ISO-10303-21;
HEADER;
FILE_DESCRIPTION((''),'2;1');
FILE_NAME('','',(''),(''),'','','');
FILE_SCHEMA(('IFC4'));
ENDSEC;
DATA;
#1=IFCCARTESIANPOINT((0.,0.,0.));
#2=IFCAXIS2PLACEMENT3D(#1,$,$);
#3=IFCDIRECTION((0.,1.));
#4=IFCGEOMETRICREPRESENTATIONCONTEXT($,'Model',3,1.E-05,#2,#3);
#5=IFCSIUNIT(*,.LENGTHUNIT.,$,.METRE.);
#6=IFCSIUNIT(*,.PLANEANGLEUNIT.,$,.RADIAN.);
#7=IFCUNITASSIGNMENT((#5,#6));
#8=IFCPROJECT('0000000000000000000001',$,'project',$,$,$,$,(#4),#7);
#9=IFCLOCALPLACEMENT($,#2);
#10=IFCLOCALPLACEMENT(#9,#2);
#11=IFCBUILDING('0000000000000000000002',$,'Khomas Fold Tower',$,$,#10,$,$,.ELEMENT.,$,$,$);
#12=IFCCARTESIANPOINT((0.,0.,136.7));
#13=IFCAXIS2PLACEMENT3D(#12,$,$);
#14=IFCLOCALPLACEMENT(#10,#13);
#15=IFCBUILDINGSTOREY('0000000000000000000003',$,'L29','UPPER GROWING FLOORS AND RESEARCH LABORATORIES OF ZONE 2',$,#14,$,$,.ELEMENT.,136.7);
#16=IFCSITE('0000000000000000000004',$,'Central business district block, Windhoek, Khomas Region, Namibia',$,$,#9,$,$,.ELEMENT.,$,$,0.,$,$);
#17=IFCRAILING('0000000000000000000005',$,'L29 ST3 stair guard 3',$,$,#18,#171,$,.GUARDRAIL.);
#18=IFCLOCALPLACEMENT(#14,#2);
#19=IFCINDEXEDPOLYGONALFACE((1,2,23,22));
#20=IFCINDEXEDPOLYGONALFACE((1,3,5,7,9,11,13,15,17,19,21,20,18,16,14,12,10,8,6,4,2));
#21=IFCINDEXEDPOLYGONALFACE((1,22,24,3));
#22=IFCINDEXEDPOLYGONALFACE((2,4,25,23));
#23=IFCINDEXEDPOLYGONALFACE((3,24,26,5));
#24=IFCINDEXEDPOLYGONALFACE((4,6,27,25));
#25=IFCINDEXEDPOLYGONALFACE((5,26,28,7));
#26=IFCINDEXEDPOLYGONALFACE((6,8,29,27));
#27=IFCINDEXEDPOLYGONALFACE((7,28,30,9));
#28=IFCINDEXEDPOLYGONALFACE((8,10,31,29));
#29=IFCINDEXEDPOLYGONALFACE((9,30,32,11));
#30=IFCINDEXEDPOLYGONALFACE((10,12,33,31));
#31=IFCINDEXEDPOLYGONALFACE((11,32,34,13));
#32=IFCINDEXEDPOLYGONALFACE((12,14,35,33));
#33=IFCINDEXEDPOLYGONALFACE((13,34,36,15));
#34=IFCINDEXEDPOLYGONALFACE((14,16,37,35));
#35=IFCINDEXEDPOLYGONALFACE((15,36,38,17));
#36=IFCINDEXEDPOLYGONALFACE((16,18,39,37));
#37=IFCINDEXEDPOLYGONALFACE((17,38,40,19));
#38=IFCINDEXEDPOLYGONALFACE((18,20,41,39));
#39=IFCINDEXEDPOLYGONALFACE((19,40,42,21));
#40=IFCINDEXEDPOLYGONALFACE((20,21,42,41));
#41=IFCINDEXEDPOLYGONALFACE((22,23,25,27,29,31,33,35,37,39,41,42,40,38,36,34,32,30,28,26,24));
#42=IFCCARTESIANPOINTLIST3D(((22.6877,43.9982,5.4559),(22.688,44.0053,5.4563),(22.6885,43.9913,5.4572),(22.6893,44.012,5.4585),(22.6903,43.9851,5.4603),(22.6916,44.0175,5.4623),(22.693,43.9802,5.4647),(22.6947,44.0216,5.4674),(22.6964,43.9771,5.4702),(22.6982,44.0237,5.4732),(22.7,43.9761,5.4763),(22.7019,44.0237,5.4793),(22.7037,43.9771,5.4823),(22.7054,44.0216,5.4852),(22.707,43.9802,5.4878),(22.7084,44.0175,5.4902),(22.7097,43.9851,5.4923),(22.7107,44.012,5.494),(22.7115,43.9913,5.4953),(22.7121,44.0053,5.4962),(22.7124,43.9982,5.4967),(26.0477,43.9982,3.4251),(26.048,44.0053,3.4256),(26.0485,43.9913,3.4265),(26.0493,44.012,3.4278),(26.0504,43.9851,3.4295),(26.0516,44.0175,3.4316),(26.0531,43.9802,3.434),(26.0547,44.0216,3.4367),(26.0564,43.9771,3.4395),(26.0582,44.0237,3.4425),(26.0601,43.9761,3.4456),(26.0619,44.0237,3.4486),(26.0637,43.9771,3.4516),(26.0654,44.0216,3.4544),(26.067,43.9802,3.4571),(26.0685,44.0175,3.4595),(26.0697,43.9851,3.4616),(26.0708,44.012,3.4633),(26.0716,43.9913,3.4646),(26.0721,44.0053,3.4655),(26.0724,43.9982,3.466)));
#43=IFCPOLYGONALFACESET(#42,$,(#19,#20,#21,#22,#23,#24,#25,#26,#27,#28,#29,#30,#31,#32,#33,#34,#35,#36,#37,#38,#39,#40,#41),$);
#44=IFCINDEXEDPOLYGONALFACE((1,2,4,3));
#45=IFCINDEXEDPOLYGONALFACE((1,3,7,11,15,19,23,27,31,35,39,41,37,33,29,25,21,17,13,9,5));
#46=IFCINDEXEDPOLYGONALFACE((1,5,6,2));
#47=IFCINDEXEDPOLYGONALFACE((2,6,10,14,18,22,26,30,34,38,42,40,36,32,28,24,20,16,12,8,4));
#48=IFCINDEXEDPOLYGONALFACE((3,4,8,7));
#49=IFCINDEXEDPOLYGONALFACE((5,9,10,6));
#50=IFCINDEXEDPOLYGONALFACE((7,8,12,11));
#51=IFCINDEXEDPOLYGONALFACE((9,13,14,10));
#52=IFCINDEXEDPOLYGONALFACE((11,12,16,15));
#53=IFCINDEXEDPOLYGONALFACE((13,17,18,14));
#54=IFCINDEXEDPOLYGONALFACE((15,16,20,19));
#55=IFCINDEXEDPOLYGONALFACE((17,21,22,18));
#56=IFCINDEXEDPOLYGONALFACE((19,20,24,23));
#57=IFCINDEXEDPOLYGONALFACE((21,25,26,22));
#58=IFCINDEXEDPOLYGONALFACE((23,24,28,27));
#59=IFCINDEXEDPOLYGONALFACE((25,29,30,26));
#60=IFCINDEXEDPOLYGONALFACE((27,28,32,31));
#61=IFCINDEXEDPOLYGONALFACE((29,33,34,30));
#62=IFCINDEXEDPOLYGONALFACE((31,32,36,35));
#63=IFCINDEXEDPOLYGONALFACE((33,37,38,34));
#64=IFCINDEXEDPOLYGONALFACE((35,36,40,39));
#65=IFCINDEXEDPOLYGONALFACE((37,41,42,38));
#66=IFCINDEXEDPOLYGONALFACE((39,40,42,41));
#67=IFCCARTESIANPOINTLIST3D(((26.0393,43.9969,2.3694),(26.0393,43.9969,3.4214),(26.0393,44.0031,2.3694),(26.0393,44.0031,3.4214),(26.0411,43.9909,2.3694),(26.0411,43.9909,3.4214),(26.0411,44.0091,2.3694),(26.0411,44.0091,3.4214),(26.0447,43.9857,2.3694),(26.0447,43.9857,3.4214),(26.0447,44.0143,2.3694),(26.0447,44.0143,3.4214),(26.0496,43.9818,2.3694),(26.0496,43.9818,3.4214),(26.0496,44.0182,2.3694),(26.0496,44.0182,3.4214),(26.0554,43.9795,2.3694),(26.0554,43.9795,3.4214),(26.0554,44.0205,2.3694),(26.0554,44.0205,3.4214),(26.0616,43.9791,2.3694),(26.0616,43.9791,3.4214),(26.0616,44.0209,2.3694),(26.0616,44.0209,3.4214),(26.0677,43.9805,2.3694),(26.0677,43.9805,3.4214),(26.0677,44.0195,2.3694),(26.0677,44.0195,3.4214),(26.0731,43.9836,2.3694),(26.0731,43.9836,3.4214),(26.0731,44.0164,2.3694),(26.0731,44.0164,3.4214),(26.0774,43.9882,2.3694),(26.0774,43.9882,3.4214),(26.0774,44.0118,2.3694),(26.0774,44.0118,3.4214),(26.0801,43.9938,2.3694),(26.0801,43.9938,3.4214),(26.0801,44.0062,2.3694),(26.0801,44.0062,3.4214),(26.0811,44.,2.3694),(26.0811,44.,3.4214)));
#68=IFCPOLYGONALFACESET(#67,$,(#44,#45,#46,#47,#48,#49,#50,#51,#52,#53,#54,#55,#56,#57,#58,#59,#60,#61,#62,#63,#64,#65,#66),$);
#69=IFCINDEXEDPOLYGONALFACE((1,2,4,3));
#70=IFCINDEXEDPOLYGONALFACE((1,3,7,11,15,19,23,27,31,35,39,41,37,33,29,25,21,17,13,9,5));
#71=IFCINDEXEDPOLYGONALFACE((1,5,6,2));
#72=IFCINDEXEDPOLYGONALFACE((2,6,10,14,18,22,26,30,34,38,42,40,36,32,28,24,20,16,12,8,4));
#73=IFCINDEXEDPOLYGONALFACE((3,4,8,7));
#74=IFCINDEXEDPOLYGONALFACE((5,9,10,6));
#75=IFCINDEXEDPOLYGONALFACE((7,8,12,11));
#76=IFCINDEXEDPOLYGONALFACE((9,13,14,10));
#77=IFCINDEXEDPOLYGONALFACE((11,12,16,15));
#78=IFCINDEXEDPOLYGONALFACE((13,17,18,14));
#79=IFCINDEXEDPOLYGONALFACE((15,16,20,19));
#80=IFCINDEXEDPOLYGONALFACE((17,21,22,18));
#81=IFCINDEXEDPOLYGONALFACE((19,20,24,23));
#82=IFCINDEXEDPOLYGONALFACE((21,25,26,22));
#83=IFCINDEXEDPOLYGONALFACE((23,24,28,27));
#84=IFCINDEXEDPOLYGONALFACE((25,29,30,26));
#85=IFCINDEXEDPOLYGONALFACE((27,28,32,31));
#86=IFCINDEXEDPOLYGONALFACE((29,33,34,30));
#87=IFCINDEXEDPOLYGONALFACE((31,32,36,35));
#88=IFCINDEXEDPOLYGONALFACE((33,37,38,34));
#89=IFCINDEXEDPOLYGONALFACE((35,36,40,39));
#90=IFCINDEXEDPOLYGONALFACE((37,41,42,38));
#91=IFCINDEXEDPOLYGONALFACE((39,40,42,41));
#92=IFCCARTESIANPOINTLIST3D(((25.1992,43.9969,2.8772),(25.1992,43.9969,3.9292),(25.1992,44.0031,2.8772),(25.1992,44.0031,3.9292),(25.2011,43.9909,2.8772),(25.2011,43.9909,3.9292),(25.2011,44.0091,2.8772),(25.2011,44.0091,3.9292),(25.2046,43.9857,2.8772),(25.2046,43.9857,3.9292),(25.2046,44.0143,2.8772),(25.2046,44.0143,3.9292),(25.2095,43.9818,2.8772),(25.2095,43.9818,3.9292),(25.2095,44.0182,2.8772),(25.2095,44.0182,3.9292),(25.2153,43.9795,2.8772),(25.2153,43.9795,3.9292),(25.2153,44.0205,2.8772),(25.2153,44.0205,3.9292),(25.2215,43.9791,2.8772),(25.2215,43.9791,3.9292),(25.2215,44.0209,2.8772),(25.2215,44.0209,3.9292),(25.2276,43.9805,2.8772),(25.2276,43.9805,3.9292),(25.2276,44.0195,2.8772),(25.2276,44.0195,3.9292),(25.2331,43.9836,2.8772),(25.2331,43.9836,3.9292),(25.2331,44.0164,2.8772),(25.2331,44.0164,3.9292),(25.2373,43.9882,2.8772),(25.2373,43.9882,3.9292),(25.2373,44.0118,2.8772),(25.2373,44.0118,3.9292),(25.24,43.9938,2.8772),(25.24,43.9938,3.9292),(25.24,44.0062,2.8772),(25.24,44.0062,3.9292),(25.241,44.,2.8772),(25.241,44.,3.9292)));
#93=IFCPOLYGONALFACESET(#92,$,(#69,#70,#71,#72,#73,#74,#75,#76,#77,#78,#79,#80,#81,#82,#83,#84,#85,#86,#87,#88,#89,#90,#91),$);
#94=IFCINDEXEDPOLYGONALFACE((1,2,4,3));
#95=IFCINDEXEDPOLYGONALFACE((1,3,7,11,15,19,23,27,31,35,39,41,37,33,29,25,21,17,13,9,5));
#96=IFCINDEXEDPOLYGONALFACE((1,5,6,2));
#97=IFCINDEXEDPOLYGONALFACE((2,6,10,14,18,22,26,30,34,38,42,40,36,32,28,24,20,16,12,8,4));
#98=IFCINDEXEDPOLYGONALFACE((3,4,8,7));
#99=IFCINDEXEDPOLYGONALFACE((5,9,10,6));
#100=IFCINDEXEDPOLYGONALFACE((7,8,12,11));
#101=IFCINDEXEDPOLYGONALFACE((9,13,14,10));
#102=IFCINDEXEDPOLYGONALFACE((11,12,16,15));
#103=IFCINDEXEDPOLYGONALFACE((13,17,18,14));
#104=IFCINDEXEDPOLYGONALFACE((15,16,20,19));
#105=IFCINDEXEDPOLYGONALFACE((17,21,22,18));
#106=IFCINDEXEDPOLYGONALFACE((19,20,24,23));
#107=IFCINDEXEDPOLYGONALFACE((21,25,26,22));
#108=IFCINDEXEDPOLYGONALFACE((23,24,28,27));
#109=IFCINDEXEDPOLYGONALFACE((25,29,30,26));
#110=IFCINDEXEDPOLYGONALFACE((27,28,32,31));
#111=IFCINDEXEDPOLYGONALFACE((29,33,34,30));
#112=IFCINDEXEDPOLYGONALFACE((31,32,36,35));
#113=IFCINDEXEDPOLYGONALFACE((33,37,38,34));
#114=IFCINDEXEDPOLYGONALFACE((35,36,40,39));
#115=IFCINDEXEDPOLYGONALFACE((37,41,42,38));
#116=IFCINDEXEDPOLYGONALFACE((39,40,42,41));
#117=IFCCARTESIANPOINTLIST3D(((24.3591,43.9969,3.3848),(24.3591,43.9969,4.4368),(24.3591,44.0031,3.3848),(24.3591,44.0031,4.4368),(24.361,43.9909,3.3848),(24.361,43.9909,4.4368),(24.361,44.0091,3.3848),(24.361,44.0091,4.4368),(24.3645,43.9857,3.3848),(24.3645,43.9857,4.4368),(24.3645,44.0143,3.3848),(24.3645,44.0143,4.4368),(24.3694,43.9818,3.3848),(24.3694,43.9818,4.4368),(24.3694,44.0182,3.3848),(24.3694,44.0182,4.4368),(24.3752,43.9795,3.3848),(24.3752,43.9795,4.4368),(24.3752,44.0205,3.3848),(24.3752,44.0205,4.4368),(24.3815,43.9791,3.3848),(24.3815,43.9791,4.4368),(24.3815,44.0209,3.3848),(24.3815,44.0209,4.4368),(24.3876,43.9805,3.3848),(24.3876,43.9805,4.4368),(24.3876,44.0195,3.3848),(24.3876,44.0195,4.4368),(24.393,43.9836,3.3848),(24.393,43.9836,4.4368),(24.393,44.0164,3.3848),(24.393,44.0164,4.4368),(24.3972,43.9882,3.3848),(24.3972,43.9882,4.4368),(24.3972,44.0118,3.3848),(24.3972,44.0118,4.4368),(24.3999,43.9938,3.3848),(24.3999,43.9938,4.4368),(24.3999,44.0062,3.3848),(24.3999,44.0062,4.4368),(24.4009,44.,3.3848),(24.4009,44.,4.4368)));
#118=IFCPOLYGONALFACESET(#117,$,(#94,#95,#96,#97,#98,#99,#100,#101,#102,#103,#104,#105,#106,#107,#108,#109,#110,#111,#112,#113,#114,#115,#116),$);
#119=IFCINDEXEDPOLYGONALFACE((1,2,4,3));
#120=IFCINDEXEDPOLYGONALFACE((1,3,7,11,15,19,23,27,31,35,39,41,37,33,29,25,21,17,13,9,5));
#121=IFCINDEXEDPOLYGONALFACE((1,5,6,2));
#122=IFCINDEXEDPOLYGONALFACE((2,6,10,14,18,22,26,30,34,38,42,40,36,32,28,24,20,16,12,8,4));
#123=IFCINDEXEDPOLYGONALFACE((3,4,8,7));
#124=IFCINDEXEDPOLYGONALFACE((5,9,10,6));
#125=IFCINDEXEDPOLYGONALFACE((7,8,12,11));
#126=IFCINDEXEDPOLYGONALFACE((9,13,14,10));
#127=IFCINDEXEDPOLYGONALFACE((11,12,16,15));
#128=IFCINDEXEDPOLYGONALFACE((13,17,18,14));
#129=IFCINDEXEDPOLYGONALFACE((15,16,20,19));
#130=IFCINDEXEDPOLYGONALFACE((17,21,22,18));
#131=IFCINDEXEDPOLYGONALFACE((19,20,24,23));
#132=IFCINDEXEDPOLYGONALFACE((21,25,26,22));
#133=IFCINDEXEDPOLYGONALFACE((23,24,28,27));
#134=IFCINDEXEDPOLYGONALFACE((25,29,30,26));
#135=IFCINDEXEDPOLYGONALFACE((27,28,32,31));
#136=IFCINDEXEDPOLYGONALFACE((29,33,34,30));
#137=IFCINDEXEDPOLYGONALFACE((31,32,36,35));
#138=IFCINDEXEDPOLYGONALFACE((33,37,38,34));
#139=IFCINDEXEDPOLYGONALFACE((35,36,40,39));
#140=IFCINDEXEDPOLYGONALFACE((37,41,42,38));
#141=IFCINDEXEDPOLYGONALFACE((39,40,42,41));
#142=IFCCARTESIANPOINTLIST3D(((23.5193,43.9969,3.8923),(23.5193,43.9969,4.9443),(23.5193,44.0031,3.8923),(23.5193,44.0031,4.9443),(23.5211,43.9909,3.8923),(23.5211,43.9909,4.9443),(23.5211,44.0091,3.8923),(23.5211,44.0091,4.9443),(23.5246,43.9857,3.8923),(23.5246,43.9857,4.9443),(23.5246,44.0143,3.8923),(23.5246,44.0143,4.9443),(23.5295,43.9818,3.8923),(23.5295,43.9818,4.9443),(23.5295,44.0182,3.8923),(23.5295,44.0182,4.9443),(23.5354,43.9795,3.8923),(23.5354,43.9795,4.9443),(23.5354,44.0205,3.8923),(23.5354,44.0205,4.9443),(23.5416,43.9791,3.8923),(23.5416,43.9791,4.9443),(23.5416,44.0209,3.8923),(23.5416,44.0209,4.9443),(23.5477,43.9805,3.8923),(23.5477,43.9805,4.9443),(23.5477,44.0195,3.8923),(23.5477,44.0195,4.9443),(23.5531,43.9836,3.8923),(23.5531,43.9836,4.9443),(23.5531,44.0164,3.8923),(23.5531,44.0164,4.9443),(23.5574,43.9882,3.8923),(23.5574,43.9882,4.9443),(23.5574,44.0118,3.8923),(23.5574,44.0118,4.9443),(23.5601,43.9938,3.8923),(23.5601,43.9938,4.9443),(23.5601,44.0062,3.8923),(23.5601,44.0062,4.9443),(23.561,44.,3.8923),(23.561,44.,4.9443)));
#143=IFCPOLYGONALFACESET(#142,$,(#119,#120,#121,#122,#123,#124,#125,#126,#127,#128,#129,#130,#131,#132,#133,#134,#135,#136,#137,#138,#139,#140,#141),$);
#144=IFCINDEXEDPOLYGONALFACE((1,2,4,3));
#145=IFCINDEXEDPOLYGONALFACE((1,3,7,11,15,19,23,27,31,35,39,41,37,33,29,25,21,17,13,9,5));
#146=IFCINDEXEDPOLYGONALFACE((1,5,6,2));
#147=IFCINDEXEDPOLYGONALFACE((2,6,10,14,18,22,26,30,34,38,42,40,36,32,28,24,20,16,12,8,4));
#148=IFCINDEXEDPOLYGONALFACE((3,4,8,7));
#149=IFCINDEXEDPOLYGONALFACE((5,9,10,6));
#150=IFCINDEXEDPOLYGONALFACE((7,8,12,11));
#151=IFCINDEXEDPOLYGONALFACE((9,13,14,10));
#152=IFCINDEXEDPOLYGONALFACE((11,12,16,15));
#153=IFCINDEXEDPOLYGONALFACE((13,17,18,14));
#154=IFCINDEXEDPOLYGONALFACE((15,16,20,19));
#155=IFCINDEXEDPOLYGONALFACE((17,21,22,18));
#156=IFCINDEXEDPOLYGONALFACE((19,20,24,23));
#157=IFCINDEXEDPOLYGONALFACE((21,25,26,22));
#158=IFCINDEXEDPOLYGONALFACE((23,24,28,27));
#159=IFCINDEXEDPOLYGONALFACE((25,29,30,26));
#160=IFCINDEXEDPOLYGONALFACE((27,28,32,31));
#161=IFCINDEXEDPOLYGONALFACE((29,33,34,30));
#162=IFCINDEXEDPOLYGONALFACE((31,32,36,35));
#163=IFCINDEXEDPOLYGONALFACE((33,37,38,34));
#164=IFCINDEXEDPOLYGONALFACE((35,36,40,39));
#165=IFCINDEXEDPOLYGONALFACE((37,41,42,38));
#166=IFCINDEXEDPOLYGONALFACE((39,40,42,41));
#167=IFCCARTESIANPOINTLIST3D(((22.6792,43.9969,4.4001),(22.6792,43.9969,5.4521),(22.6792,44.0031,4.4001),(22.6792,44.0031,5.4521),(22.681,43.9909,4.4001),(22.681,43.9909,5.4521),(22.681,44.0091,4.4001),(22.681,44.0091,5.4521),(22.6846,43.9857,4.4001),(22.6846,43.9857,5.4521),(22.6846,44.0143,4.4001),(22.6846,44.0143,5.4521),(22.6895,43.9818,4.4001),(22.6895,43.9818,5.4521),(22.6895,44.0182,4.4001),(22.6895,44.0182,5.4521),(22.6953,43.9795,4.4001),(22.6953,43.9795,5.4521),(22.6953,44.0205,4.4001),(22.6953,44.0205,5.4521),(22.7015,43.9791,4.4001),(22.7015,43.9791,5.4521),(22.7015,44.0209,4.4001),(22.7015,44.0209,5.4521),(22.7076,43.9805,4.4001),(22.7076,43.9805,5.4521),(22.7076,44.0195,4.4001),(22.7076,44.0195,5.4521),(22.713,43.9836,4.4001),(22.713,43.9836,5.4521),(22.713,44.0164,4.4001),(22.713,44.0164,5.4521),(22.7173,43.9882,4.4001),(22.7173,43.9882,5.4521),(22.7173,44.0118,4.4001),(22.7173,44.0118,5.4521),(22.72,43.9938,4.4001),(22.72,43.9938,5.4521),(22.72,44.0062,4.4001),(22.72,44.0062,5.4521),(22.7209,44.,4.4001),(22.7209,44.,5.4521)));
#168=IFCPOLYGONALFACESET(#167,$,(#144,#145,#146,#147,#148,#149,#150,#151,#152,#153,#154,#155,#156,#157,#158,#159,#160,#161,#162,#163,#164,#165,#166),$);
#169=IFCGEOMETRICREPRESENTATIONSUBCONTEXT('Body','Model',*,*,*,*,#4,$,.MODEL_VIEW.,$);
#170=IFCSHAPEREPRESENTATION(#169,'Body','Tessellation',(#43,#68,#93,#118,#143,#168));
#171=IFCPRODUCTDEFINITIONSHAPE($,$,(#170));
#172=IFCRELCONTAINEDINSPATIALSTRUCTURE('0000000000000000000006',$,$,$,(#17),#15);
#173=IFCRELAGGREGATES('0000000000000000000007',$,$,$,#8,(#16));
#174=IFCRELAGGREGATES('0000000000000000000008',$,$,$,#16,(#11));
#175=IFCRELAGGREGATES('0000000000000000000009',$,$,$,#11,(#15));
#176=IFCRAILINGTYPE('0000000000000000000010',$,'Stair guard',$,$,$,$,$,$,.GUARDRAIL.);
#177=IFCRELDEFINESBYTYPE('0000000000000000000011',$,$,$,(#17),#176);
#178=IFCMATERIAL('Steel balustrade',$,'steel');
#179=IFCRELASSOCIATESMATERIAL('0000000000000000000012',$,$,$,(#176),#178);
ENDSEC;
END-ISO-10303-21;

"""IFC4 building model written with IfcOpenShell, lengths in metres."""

from ifc_helpers import new_model, si_unit, direction, frame, origin, origin_2d, place, context, subcontext, project, spatial, circle, extrude, source, transform, mapped, material, type_object, element, save


model = new_model("IFC4")

# Units and contexts
model_context = context("Model", 3, precision=1e-05, world=origin(), true_north=direction((0.0, 1.0)))
body_context = subcontext(model_context, "Body", "Model", "MODEL_VIEW")
ifc_project = project(units=[si_unit("LENGTHUNIT", "METRE"), si_unit("PLANEANGLEUNIT", "RADIAN")], contexts=[model_context])

# Site, building, storey
site_placement = place(None, origin())
site = spatial("IfcSite", under=ifc_project, at=site_placement, Name="Central business district block, Windhoek, Khomas Region, Namibia", CompositionType="ELEMENT", RefElevation=0.0)
building_placement = place(site_placement, origin())
building = spatial("IfcBuilding", under=site, at=building_placement, Name="Khomas Fold Tower", CompositionType="ELEMENT")
storey_placement = place(building_placement, frame((0.0, 0.0, 136.7)))
storey = spatial("IfcBuildingStorey", under=building, at=storey_placement, Name="L29", Description="UPPER GROWING FLOORS AND RESEARCH LABORATORIES OF ZONE 2", CompositionType="ELEMENT", Elevation=136.7)

# Railing
ifc_material_1 = material(Name="Steel balustrade", Category="steel")
railing_type_1 = type_object("IfcRailingType", Name="Stair guard", PredefinedType="GUARDRAIL", material=ifc_material_1)
shared_shape_1 = source(origin(), body_context, "Body", "SweptSolid", [
    extrude(circle(Radius=0.0239, at=origin_2d()), frame((0.0, 0.0, 1.0762), z_axis=(-0.855837, 0.0, 0.517246), x_axis=(0.0, -1.0, 0.0)), (0.0, 0.0, 1.0), 3.926),
    extrude(circle(Radius=0.021, at=origin_2d()), origin(), (0.0, 0.0, 1.0), 1.052),
    extrude(circle(Radius=0.021, at=origin_2d()), frame((-0.8401, 0.0, 0.5078)), (0.0, 0.0, 1.0), 1.052),
    extrude(circle(Radius=0.021, at=origin_2d()), frame((-1.6802, 0.0, 1.0154)), (0.0, 0.0, 1.0), 1.052),
    extrude(circle(Radius=0.021, at=origin_2d()), frame((-2.52, 0.0, 1.5229)), (0.0, 0.0, 1.0), 1.052),
    extrude(circle(Radius=0.021, at=origin_2d()), frame((-3.3601, 0.0, 2.0308)), (0.0, 0.0, 1.0), 1.052),
])
railing_1_placement = place(storey_placement, frame((26.0601, 44.0, 2.3694)))
element("IfcRailing", 1, at=railing_1_placement, inside=storey, type_object=railing_type_1, Name="L29 ST3 stair guard 3", PredefinedType="GUARDRAIL", context=body_context, shape_type="MappedRepresentation", body=[
    mapped(shared_shape_1, transform((0.0, 0.0, 0.0))),
])

save(model, "model.ifc")
